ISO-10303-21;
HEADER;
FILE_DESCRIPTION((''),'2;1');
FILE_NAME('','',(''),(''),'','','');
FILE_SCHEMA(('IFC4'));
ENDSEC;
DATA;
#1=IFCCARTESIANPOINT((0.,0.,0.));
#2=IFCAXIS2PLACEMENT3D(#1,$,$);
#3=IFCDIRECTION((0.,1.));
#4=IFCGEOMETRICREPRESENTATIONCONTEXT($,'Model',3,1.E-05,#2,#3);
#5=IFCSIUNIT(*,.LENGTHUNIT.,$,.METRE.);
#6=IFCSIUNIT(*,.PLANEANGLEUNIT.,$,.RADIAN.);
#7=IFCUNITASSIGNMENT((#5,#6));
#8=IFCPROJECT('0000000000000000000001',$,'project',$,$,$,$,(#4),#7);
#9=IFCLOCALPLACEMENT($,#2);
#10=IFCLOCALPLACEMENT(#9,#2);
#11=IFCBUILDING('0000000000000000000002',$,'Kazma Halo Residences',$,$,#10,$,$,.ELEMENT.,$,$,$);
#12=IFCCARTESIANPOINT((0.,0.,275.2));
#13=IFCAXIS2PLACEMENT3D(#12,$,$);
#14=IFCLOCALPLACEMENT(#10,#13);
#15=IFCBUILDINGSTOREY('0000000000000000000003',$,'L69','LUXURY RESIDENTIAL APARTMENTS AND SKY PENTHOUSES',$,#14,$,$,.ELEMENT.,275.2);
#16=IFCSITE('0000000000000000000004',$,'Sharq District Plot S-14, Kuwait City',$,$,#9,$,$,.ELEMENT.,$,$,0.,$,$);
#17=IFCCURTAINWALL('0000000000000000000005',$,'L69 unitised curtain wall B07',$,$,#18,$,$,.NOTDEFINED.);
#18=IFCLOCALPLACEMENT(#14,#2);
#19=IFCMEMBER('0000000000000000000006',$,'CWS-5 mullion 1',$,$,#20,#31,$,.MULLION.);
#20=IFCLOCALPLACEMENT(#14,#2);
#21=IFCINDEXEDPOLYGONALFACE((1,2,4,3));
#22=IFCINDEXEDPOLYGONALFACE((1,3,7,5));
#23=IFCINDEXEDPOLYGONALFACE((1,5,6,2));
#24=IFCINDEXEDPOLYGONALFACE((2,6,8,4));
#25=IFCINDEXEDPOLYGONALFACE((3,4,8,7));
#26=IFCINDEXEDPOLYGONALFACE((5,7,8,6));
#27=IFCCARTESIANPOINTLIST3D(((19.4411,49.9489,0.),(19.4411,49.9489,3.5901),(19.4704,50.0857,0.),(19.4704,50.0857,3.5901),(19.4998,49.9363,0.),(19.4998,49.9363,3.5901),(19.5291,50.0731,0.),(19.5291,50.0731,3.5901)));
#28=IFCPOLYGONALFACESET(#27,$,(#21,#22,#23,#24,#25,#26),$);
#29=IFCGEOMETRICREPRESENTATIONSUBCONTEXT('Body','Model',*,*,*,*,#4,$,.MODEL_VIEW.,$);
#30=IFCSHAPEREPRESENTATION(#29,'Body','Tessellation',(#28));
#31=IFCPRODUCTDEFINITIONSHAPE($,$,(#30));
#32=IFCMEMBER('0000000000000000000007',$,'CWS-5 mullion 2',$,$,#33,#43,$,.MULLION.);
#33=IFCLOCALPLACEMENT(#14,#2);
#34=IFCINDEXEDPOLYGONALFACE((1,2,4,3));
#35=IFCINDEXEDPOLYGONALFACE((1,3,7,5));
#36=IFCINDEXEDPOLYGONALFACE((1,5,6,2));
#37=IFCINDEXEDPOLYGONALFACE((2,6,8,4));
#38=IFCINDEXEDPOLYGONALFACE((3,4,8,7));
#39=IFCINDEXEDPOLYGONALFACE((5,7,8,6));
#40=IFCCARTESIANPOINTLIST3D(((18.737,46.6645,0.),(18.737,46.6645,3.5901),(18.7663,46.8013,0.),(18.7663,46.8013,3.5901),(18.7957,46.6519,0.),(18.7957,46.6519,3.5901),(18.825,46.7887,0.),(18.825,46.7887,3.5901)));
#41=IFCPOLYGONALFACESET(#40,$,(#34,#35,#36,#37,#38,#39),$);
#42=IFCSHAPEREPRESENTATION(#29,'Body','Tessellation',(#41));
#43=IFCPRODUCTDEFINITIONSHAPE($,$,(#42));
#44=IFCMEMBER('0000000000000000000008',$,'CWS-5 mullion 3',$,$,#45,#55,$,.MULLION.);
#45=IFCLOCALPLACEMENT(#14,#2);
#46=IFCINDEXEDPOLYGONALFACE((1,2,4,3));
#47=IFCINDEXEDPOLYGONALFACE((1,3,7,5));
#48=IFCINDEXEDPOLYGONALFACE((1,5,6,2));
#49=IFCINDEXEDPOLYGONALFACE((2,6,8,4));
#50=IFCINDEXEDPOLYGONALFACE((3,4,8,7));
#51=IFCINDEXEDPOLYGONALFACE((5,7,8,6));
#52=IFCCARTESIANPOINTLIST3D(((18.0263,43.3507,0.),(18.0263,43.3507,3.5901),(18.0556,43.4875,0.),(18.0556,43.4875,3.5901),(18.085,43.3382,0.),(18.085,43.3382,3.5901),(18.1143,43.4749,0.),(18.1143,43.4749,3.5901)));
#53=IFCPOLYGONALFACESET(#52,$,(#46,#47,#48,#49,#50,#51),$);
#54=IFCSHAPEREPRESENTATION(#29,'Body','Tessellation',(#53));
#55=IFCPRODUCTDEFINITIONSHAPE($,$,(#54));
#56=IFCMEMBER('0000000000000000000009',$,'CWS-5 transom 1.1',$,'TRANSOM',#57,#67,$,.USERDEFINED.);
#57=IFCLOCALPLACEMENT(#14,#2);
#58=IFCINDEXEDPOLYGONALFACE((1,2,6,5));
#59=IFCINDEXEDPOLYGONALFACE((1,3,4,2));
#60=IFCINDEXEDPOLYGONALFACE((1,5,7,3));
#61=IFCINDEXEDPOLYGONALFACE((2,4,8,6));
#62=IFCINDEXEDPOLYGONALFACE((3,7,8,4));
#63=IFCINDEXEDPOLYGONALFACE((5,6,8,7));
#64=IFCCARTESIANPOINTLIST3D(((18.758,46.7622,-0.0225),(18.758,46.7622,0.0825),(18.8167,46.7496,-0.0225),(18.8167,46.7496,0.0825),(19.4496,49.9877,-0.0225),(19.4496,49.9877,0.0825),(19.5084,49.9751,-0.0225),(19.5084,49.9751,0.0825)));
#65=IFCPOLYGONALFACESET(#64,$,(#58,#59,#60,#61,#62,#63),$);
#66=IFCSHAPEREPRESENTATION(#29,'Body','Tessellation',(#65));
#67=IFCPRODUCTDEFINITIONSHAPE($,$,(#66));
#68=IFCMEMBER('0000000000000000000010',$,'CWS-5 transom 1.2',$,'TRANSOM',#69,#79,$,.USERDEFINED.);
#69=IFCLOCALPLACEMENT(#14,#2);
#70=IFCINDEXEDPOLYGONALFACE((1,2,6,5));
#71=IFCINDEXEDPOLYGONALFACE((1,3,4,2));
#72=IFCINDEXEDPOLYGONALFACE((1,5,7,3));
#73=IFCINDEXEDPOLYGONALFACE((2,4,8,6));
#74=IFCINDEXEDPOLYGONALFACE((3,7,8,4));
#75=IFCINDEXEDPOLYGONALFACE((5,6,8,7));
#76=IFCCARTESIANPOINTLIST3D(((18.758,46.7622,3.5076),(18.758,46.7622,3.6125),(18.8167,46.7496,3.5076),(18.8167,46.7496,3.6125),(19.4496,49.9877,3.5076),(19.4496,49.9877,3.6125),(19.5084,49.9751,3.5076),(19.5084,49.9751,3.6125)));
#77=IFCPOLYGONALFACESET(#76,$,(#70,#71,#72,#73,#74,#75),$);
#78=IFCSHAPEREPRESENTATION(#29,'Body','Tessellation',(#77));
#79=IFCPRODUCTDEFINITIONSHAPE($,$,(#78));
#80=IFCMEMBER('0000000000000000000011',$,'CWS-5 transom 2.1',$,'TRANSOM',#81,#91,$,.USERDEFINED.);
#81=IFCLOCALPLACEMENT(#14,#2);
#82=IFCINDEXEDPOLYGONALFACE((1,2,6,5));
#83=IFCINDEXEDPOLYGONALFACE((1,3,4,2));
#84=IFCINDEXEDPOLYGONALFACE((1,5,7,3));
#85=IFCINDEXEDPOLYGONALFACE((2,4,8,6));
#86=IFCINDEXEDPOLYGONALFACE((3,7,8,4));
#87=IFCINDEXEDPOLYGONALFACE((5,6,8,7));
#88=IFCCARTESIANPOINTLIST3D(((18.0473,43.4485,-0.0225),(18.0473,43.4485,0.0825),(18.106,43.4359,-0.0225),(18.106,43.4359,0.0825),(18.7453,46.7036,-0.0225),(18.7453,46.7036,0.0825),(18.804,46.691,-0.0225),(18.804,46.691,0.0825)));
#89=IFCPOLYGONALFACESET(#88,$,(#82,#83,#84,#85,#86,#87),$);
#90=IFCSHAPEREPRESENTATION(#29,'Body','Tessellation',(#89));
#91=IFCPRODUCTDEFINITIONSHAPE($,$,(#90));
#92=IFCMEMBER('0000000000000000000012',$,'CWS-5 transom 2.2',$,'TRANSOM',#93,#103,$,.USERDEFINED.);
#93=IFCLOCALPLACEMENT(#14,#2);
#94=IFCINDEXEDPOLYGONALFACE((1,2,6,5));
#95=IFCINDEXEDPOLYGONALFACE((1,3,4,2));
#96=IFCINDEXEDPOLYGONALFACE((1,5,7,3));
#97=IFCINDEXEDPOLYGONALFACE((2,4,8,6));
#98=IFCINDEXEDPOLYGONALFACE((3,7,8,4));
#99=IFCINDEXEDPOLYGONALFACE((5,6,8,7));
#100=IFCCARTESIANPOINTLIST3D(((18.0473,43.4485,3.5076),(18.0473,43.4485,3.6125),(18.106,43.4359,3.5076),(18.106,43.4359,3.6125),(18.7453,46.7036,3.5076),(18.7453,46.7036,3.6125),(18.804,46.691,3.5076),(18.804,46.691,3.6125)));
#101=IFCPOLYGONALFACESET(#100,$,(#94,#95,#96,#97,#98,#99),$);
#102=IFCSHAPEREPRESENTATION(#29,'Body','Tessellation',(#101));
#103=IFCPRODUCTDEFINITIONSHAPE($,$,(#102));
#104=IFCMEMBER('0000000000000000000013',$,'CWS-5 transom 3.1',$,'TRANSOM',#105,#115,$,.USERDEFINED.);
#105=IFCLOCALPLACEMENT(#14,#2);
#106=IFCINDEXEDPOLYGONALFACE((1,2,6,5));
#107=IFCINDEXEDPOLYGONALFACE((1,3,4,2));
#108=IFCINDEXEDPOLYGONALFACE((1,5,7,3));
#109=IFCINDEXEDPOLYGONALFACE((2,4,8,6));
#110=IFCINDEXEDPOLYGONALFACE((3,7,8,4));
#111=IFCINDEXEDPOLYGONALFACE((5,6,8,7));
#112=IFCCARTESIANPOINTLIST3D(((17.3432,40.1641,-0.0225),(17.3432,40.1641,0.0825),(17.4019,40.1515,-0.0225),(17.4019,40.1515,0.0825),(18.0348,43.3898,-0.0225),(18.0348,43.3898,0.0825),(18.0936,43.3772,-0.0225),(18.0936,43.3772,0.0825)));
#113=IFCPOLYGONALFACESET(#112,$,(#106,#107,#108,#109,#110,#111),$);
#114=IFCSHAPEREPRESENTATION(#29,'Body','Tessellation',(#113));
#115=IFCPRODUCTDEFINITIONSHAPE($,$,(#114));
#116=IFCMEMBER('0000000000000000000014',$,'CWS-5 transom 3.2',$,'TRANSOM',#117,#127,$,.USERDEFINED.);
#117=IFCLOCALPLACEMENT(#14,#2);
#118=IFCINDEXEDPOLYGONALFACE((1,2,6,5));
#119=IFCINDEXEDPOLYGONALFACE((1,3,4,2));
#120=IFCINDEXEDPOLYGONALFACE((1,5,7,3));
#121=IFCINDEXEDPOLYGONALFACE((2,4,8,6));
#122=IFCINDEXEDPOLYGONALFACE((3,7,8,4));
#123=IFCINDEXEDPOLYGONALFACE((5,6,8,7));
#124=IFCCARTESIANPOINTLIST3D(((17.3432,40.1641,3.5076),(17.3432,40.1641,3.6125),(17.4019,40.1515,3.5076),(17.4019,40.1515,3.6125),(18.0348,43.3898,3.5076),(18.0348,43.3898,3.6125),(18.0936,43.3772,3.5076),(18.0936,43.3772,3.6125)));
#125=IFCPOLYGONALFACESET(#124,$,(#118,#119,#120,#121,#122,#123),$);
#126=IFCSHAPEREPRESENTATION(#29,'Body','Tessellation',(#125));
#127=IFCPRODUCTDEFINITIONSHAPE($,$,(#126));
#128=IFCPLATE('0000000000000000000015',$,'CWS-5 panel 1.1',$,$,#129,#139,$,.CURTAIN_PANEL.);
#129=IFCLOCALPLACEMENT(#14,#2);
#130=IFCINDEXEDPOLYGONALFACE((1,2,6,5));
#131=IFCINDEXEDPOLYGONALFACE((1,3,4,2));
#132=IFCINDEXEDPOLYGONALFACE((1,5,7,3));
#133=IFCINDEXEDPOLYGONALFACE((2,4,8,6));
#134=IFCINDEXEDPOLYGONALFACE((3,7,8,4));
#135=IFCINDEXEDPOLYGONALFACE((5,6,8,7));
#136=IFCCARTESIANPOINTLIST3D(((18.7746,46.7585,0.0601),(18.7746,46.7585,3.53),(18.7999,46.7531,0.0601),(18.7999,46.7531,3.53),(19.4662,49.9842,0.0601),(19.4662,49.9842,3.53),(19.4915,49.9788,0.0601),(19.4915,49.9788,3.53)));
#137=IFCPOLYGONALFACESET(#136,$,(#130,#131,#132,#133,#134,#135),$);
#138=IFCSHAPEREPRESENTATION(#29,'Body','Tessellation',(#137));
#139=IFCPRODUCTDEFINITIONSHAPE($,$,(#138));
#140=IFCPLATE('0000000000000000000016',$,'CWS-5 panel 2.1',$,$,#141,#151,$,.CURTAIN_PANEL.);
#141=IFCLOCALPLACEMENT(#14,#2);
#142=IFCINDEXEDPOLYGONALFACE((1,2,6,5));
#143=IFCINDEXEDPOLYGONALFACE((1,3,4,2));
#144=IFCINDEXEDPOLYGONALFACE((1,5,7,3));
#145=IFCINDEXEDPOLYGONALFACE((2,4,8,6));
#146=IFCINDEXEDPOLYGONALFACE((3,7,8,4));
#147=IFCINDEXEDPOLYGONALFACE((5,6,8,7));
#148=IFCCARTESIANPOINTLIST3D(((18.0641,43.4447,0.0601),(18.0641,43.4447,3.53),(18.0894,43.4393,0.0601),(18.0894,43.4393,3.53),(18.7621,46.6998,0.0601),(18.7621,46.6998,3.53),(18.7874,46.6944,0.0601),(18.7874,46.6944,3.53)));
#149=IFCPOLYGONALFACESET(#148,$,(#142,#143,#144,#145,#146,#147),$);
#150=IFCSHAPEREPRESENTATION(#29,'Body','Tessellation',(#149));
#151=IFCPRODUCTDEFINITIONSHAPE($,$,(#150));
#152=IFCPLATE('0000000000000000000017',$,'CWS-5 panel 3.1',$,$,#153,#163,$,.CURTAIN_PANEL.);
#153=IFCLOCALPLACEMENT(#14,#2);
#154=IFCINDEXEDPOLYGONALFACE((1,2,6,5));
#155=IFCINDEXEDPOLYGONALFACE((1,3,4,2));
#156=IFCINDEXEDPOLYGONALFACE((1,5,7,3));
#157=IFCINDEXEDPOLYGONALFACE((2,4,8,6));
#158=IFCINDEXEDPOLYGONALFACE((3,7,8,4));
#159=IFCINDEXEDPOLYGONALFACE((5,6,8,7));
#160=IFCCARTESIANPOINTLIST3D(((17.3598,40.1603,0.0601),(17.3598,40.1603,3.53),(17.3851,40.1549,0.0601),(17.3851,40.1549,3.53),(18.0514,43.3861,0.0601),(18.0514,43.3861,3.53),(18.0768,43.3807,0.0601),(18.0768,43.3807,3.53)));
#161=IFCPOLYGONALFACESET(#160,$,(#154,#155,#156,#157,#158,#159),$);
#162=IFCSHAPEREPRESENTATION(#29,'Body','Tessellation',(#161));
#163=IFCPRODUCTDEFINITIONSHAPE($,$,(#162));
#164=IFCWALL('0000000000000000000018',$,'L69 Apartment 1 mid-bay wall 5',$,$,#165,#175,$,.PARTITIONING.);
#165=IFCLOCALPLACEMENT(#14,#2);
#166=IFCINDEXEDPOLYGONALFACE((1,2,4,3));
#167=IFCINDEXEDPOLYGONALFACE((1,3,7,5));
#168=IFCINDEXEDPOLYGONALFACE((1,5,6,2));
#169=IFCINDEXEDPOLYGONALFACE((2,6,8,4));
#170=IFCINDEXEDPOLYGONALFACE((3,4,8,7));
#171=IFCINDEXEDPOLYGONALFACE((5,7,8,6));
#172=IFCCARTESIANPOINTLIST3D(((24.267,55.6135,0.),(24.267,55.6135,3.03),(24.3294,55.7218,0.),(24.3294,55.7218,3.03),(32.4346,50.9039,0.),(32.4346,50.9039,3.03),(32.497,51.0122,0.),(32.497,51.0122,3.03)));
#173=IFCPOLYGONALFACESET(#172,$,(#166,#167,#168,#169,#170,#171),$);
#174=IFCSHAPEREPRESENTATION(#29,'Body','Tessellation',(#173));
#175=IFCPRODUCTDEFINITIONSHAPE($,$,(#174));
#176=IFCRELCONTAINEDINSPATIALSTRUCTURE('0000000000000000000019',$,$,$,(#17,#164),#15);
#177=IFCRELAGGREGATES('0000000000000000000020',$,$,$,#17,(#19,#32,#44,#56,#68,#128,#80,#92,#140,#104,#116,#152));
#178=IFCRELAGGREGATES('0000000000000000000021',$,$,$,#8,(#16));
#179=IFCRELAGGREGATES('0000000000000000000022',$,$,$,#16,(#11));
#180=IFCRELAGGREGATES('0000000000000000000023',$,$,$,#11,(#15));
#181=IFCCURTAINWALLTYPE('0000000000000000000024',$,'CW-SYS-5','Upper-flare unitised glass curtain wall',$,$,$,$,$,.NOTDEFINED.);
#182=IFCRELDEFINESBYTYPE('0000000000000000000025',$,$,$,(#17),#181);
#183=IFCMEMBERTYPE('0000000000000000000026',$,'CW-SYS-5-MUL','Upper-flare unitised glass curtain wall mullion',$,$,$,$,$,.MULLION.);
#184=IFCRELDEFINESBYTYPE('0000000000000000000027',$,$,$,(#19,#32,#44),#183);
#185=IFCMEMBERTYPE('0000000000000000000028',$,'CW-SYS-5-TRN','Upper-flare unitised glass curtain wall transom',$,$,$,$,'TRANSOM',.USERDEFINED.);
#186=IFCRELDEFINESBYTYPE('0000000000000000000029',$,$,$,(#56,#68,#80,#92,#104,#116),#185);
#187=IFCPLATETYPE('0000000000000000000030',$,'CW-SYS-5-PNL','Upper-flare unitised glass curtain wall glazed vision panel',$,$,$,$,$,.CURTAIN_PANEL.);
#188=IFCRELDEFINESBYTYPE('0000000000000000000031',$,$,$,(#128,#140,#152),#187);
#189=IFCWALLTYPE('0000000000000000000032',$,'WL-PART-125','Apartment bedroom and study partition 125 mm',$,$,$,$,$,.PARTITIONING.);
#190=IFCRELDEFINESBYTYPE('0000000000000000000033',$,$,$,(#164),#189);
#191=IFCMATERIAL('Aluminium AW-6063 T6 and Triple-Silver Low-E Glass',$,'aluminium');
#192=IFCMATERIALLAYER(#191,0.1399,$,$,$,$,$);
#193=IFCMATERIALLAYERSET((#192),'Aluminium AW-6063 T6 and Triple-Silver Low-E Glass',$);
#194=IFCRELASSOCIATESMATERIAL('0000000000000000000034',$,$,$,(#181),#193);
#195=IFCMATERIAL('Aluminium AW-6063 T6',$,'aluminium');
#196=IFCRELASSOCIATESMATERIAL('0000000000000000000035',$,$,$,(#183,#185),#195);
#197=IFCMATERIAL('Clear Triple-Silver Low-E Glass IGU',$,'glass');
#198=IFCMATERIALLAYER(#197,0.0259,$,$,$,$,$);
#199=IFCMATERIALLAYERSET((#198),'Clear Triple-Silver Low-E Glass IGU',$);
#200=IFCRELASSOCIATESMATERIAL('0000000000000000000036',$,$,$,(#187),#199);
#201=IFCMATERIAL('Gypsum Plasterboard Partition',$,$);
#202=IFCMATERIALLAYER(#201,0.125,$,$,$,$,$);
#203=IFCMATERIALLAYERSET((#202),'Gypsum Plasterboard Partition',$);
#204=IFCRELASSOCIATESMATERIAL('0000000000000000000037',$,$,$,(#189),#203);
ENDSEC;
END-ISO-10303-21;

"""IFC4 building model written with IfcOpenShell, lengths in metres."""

from ifc_helpers import new_model, si_unit, direction, frame, frame_2d, origin, origin_2d, place, context, subcontext, project, spatial, rectangle, extrude, material, layer, layer_set, material_profile, profile_set, type_object, element, aggregate, save


model = new_model("IFC4")

# Units and contexts
model_context = context("Model", 3, precision=1e-05, world=origin(), true_north=direction((0.0, 1.0)))
body_context = subcontext(model_context, "Body", "Model", "MODEL_VIEW")
ifc_project = project(units=[si_unit("LENGTHUNIT", "METRE"), si_unit("PLANEANGLEUNIT", "RADIAN")], contexts=[model_context])

# Site, building, storey
site_placement = place(None, origin())
site = spatial("IfcSite", under=ifc_project, at=site_placement, Name="Sharq District Plot S-14, Kuwait City", CompositionType="ELEMENT", RefElevation=0.0)
building_placement = place(site_placement, origin())
building = spatial("IfcBuilding", under=site, at=building_placement, Name="Kazma Halo Residences", CompositionType="ELEMENT")
storey_placement = place(building_placement, frame((0.0, 0.0, 275.2)))
storey = spatial("IfcBuildingStorey", under=building, at=storey_placement, Name="L69", Description="LUXURY RESIDENTIAL APARTMENTS AND SKY PENTHOUSES", CompositionType="ELEMENT", Elevation=275.2)

# Curtain wall, members, plates
ifc_material_1 = material(Name="Aluminium AW-6063 T6 and Triple-Silver Low-E Glass", Category="aluminium")
ifc_layer_1 = layer(ifc_material_1, 0.1399)
ifc_layer_set_1 = layer_set([ifc_layer_1], Name="Aluminium AW-6063 T6 and Triple-Silver Low-E Glass")
curtain_wall_type = type_object("IfcCurtainWallType", Name="CW-SYS-5", Description="Upper-flare unitised glass curtain wall", PredefinedType="NOTDEFINED", material=ifc_layer_set_1)
curtain_wall_placement = place(storey_placement, origin())
curtain_wall = element("IfcCurtainWall", 1, at=curtain_wall_placement, inside=storey, type_object=curtain_wall_type, Name="L69 unitised curtain wall B07", PredefinedType="NOTDEFINED")
ifc_material_2 = material(Name="Aluminium AW-6063 T6", Category="aluminium")
ifc_material_profile_1 = material_profile(ifc_material_2, rectangle(XDim=0.0601, YDim=0.1399, at=origin_2d()), Name="CWM-60x140")
ifc_profile_set_1 = profile_set([ifc_material_profile_1], Name="Aluminium AW-6063 T6")
member_type_1 = type_object("IfcMemberType", Name="CW-SYS-5-MUL", Description="Upper-flare unitised glass curtain wall mullion", PredefinedType="MULLION", material=ifc_profile_set_1)
member_1_placement = place(storey_placement, frame((19.4851, 50.011, 0.0), z_axis=(0.0, 0.0, 1.0), x_axis=(0.977775, -0.209657, 0.0)))
member_1 = element("IfcMember", 2, at=member_1_placement, type_object=member_type_1, Name="CWS-5 mullion 1", PredefinedType="MULLION", context=body_context, shape_type="SweptSolid", body=[
    extrude(rectangle(XDim=0.0601, YDim=0.1399, at=origin_2d()), origin(), (0.0, 0.0, 1.0), 3.5901),
])
member_2_placement = place(storey_placement, frame((18.781, 46.7266, 0.0), z_axis=(0.0, 0.0, 1.0), x_axis=(0.977775, -0.209657, 0.0)))
member_2 = element("IfcMember", 3, at=member_2_placement, type_object=member_type_1, Name="CWS-5 mullion 2", PredefinedType="MULLION", context=body_context, shape_type="SweptSolid", body=[
    extrude(rectangle(XDim=0.0601, YDim=0.1399, at=origin_2d()), origin(), (0.0, 0.0, 1.0), 3.5901),
])
member_3_placement = place(storey_placement, frame((18.0703, 43.4128, 0.0), z_axis=(0.0, 0.0, 1.0), x_axis=(0.977775, -0.209657, 0.0)))
member_3 = element("IfcMember", 4, at=member_3_placement, type_object=member_type_1, Name="CWS-5 mullion 3", PredefinedType="MULLION", context=body_context, shape_type="SweptSolid", body=[
    extrude(rectangle(XDim=0.0601, YDim=0.1399, at=origin_2d()), origin(), (0.0, 0.0, 1.0), 3.5901),
])
ifc_material_profile_2 = material_profile(ifc_material_2, rectangle(XDim=0.0601, YDim=0.105, at=origin_2d()), Name="CWT-60x105")
ifc_profile_set_2 = profile_set([ifc_material_profile_2], Name="Aluminium AW-6063 T6")
member_type_2 = type_object("IfcMemberType", Name="CW-SYS-5-TRN", Description="Upper-flare unitised glass curtain wall transom", ElementType="TRANSOM", PredefinedType="USERDEFINED", material=ifc_profile_set_2)
member_4_placement = place(storey_placement, frame((19.479, 49.9814, 0.03), z_axis=(-0.20966, -0.977774, 0.0), x_axis=(0.977774, -0.20966, 0.0)))
member_4 = element("IfcMember", 5, at=member_4_placement, type_object=member_type_2, Name="CWS-5 transom 1.1", ObjectType="TRANSOM", PredefinedType="USERDEFINED", context=body_context, shape_type="SweptSolid", body=[
    extrude(rectangle(XDim=0.0601, YDim=0.105, at=origin_2d()), origin(), (0.0, 0.0, 1.0), 3.2988),
])
member_5_placement = place(storey_placement, frame((19.479, 49.9814, 3.5601), z_axis=(-0.20966, -0.977774, 0.0), x_axis=(0.977774, -0.20966, 0.0)))
member_5 = element("IfcMember", 6, at=member_5_placement, type_object=member_type_2, Name="CWS-5 transom 1.2", ObjectType="TRANSOM", PredefinedType="USERDEFINED", context=body_context, shape_type="SweptSolid", body=[
    extrude(rectangle(XDim=0.0601, YDim=0.105, at=origin_2d()), origin(), (0.0, 0.0, 1.0), 3.2988),
])
member_6_placement = place(storey_placement, frame((18.7747, 46.6973, 0.03), z_axis=(-0.209664, -0.977773, 0.0), x_axis=(0.977773, -0.209664, 0.0)))
member_6 = element("IfcMember", 7, at=member_6_placement, type_object=member_type_2, Name="CWS-5 transom 2.1", ObjectType="TRANSOM", PredefinedType="USERDEFINED", context=body_context, shape_type="SweptSolid", body=[
    extrude(rectangle(XDim=0.0601, YDim=0.105, at=origin_2d()), origin(), (0.0, 0.0, 1.0), 3.3291),
])
member_7_placement = place(storey_placement, frame((18.7747, 46.6973, 3.5601), z_axis=(-0.209664, -0.977773, 0.0), x_axis=(0.977773, -0.209664, 0.0)))
member_7 = element("IfcMember", 8, at=member_7_placement, type_object=member_type_2, Name="CWS-5 transom 2.2", ObjectType="TRANSOM", PredefinedType="USERDEFINED", context=body_context, shape_type="SweptSolid", body=[
    extrude(rectangle(XDim=0.0601, YDim=0.105, at=origin_2d()), origin(), (0.0, 0.0, 1.0), 3.3291),
])
member_8_placement = place(storey_placement, frame((18.0642, 43.3835, 0.03), z_axis=(-0.209645, -0.977777, 0.0), x_axis=(0.977777, -0.209645, 0.0)))
member_8 = element("IfcMember", 9, at=member_8_placement, type_object=member_type_2, Name="CWS-5 transom 3.1", ObjectType="TRANSOM", PredefinedType="USERDEFINED", context=body_context, shape_type="SweptSolid", body=[
    extrude(rectangle(XDim=0.0601, YDim=0.105, at=origin_2d()), origin(), (0.0, 0.0, 1.0), 3.2991),
])
member_9_placement = place(storey_placement, frame((18.0642, 43.3835, 3.5601), z_axis=(-0.209645, -0.977777, 0.0), x_axis=(0.977777, -0.209645, 0.0)))
member_9 = element("IfcMember", 10, at=member_9_placement, type_object=member_type_2, Name="CWS-5 transom 3.2", ObjectType="TRANSOM", PredefinedType="USERDEFINED", context=body_context, shape_type="SweptSolid", body=[
    extrude(rectangle(XDim=0.0601, YDim=0.105, at=origin_2d()), origin(), (0.0, 0.0, 1.0), 3.2991),
])
ifc_material_3 = material(Name="Clear Triple-Silver Low-E Glass IGU", Category="glass")
ifc_layer_2 = layer(ifc_material_3, 0.0259)
ifc_layer_set_2 = layer_set([ifc_layer_2], Name="Clear Triple-Silver Low-E Glass IGU")
plate_type = type_object("IfcPlateType", Name="CW-SYS-5-PNL", Description="Upper-flare unitised glass curtain wall glazed vision panel", PredefinedType="CURTAIN_PANEL", material=ifc_layer_set_2)
plate_1_placement = place(storey_placement, frame((19.1331, 48.3687, 0.0601), z_axis=(0.0, 0.0, 1.0), x_axis=(-0.209657, -0.977775, 0.0)))
plate_1 = element("IfcPlate", 11, at=plate_1_placement, type_object=plate_type, Name="CWS-5 panel 1.1", PredefinedType="CURTAIN_PANEL", context=body_context, shape_type="SweptSolid", body=[
    extrude(rectangle(XDim=3.2991, YDim=0.0259, at=origin_2d()), origin(), (0.0, 0.0, 1.0), 3.47),
])
plate_2_placement = place(storey_placement, frame((18.4258, 45.0696, 0.0601), z_axis=(0.0, 0.0, 1.0), x_axis=(-0.209657, -0.977775, 0.0)))
plate_2 = element("IfcPlate", 12, at=plate_2_placement, type_object=plate_type, Name="CWS-5 panel 2.1", PredefinedType="CURTAIN_PANEL", context=body_context, shape_type="SweptSolid", body=[
    extrude(rectangle(XDim=3.3291, YDim=0.0259, at=origin_2d()), origin(), (0.0, 0.0, 1.0), 3.47),
])
plate_3_placement = place(storey_placement, frame((17.7183, 41.7705, 0.0601), z_axis=(0.0, 0.0, 1.0), x_axis=(-0.209657, -0.977775, 0.0)))
plate_3 = element("IfcPlate", 13, at=plate_3_placement, type_object=plate_type, Name="CWS-5 panel 3.1", PredefinedType="CURTAIN_PANEL", context=body_context, shape_type="SweptSolid", body=[
    extrude(rectangle(XDim=3.2991, YDim=0.0259, at=origin_2d()), origin(), (0.0, 0.0, 1.0), 3.47),
])
aggregate(curtain_wall, [member_1, member_2, member_3, member_4, member_5, plate_1, member_6, member_7, plate_2, member_8, member_9, plate_3])

# Wall
ifc_material_4 = material(Name="Gypsum Plasterboard Partition")
ifc_layer_3 = layer(ifc_material_4, 0.125)
ifc_layer_set_3 = layer_set([ifc_layer_3], Name="Gypsum Plasterboard Partition")
wall_type = type_object("IfcWallType", Name="WL-PART-125", Description="Apartment bedroom and study partition 125 mm", PredefinedType="PARTITIONING", material=ifc_layer_set_3)
wall_1_placement = place(storey_placement, frame((32.4658, 50.958, 0.0), z_axis=(0.0, 0.0, 1.0), x_axis=(-0.866297, 0.499529, 0.0)))
element("IfcWall", 14, at=wall_1_placement, inside=storey, type_object=wall_type, Name="L69 Apartment 1 mid-bay wall 5", PredefinedType="PARTITIONING", context=body_context, shape_type="SweptSolid", body=[
    extrude(rectangle(XDim=9.4282, YDim=0.125, at=frame_2d((4.7141, 0.0))), origin(), (0.0, 0.0, 1.0), 3.03),
])

save(model, "model.ifc")
